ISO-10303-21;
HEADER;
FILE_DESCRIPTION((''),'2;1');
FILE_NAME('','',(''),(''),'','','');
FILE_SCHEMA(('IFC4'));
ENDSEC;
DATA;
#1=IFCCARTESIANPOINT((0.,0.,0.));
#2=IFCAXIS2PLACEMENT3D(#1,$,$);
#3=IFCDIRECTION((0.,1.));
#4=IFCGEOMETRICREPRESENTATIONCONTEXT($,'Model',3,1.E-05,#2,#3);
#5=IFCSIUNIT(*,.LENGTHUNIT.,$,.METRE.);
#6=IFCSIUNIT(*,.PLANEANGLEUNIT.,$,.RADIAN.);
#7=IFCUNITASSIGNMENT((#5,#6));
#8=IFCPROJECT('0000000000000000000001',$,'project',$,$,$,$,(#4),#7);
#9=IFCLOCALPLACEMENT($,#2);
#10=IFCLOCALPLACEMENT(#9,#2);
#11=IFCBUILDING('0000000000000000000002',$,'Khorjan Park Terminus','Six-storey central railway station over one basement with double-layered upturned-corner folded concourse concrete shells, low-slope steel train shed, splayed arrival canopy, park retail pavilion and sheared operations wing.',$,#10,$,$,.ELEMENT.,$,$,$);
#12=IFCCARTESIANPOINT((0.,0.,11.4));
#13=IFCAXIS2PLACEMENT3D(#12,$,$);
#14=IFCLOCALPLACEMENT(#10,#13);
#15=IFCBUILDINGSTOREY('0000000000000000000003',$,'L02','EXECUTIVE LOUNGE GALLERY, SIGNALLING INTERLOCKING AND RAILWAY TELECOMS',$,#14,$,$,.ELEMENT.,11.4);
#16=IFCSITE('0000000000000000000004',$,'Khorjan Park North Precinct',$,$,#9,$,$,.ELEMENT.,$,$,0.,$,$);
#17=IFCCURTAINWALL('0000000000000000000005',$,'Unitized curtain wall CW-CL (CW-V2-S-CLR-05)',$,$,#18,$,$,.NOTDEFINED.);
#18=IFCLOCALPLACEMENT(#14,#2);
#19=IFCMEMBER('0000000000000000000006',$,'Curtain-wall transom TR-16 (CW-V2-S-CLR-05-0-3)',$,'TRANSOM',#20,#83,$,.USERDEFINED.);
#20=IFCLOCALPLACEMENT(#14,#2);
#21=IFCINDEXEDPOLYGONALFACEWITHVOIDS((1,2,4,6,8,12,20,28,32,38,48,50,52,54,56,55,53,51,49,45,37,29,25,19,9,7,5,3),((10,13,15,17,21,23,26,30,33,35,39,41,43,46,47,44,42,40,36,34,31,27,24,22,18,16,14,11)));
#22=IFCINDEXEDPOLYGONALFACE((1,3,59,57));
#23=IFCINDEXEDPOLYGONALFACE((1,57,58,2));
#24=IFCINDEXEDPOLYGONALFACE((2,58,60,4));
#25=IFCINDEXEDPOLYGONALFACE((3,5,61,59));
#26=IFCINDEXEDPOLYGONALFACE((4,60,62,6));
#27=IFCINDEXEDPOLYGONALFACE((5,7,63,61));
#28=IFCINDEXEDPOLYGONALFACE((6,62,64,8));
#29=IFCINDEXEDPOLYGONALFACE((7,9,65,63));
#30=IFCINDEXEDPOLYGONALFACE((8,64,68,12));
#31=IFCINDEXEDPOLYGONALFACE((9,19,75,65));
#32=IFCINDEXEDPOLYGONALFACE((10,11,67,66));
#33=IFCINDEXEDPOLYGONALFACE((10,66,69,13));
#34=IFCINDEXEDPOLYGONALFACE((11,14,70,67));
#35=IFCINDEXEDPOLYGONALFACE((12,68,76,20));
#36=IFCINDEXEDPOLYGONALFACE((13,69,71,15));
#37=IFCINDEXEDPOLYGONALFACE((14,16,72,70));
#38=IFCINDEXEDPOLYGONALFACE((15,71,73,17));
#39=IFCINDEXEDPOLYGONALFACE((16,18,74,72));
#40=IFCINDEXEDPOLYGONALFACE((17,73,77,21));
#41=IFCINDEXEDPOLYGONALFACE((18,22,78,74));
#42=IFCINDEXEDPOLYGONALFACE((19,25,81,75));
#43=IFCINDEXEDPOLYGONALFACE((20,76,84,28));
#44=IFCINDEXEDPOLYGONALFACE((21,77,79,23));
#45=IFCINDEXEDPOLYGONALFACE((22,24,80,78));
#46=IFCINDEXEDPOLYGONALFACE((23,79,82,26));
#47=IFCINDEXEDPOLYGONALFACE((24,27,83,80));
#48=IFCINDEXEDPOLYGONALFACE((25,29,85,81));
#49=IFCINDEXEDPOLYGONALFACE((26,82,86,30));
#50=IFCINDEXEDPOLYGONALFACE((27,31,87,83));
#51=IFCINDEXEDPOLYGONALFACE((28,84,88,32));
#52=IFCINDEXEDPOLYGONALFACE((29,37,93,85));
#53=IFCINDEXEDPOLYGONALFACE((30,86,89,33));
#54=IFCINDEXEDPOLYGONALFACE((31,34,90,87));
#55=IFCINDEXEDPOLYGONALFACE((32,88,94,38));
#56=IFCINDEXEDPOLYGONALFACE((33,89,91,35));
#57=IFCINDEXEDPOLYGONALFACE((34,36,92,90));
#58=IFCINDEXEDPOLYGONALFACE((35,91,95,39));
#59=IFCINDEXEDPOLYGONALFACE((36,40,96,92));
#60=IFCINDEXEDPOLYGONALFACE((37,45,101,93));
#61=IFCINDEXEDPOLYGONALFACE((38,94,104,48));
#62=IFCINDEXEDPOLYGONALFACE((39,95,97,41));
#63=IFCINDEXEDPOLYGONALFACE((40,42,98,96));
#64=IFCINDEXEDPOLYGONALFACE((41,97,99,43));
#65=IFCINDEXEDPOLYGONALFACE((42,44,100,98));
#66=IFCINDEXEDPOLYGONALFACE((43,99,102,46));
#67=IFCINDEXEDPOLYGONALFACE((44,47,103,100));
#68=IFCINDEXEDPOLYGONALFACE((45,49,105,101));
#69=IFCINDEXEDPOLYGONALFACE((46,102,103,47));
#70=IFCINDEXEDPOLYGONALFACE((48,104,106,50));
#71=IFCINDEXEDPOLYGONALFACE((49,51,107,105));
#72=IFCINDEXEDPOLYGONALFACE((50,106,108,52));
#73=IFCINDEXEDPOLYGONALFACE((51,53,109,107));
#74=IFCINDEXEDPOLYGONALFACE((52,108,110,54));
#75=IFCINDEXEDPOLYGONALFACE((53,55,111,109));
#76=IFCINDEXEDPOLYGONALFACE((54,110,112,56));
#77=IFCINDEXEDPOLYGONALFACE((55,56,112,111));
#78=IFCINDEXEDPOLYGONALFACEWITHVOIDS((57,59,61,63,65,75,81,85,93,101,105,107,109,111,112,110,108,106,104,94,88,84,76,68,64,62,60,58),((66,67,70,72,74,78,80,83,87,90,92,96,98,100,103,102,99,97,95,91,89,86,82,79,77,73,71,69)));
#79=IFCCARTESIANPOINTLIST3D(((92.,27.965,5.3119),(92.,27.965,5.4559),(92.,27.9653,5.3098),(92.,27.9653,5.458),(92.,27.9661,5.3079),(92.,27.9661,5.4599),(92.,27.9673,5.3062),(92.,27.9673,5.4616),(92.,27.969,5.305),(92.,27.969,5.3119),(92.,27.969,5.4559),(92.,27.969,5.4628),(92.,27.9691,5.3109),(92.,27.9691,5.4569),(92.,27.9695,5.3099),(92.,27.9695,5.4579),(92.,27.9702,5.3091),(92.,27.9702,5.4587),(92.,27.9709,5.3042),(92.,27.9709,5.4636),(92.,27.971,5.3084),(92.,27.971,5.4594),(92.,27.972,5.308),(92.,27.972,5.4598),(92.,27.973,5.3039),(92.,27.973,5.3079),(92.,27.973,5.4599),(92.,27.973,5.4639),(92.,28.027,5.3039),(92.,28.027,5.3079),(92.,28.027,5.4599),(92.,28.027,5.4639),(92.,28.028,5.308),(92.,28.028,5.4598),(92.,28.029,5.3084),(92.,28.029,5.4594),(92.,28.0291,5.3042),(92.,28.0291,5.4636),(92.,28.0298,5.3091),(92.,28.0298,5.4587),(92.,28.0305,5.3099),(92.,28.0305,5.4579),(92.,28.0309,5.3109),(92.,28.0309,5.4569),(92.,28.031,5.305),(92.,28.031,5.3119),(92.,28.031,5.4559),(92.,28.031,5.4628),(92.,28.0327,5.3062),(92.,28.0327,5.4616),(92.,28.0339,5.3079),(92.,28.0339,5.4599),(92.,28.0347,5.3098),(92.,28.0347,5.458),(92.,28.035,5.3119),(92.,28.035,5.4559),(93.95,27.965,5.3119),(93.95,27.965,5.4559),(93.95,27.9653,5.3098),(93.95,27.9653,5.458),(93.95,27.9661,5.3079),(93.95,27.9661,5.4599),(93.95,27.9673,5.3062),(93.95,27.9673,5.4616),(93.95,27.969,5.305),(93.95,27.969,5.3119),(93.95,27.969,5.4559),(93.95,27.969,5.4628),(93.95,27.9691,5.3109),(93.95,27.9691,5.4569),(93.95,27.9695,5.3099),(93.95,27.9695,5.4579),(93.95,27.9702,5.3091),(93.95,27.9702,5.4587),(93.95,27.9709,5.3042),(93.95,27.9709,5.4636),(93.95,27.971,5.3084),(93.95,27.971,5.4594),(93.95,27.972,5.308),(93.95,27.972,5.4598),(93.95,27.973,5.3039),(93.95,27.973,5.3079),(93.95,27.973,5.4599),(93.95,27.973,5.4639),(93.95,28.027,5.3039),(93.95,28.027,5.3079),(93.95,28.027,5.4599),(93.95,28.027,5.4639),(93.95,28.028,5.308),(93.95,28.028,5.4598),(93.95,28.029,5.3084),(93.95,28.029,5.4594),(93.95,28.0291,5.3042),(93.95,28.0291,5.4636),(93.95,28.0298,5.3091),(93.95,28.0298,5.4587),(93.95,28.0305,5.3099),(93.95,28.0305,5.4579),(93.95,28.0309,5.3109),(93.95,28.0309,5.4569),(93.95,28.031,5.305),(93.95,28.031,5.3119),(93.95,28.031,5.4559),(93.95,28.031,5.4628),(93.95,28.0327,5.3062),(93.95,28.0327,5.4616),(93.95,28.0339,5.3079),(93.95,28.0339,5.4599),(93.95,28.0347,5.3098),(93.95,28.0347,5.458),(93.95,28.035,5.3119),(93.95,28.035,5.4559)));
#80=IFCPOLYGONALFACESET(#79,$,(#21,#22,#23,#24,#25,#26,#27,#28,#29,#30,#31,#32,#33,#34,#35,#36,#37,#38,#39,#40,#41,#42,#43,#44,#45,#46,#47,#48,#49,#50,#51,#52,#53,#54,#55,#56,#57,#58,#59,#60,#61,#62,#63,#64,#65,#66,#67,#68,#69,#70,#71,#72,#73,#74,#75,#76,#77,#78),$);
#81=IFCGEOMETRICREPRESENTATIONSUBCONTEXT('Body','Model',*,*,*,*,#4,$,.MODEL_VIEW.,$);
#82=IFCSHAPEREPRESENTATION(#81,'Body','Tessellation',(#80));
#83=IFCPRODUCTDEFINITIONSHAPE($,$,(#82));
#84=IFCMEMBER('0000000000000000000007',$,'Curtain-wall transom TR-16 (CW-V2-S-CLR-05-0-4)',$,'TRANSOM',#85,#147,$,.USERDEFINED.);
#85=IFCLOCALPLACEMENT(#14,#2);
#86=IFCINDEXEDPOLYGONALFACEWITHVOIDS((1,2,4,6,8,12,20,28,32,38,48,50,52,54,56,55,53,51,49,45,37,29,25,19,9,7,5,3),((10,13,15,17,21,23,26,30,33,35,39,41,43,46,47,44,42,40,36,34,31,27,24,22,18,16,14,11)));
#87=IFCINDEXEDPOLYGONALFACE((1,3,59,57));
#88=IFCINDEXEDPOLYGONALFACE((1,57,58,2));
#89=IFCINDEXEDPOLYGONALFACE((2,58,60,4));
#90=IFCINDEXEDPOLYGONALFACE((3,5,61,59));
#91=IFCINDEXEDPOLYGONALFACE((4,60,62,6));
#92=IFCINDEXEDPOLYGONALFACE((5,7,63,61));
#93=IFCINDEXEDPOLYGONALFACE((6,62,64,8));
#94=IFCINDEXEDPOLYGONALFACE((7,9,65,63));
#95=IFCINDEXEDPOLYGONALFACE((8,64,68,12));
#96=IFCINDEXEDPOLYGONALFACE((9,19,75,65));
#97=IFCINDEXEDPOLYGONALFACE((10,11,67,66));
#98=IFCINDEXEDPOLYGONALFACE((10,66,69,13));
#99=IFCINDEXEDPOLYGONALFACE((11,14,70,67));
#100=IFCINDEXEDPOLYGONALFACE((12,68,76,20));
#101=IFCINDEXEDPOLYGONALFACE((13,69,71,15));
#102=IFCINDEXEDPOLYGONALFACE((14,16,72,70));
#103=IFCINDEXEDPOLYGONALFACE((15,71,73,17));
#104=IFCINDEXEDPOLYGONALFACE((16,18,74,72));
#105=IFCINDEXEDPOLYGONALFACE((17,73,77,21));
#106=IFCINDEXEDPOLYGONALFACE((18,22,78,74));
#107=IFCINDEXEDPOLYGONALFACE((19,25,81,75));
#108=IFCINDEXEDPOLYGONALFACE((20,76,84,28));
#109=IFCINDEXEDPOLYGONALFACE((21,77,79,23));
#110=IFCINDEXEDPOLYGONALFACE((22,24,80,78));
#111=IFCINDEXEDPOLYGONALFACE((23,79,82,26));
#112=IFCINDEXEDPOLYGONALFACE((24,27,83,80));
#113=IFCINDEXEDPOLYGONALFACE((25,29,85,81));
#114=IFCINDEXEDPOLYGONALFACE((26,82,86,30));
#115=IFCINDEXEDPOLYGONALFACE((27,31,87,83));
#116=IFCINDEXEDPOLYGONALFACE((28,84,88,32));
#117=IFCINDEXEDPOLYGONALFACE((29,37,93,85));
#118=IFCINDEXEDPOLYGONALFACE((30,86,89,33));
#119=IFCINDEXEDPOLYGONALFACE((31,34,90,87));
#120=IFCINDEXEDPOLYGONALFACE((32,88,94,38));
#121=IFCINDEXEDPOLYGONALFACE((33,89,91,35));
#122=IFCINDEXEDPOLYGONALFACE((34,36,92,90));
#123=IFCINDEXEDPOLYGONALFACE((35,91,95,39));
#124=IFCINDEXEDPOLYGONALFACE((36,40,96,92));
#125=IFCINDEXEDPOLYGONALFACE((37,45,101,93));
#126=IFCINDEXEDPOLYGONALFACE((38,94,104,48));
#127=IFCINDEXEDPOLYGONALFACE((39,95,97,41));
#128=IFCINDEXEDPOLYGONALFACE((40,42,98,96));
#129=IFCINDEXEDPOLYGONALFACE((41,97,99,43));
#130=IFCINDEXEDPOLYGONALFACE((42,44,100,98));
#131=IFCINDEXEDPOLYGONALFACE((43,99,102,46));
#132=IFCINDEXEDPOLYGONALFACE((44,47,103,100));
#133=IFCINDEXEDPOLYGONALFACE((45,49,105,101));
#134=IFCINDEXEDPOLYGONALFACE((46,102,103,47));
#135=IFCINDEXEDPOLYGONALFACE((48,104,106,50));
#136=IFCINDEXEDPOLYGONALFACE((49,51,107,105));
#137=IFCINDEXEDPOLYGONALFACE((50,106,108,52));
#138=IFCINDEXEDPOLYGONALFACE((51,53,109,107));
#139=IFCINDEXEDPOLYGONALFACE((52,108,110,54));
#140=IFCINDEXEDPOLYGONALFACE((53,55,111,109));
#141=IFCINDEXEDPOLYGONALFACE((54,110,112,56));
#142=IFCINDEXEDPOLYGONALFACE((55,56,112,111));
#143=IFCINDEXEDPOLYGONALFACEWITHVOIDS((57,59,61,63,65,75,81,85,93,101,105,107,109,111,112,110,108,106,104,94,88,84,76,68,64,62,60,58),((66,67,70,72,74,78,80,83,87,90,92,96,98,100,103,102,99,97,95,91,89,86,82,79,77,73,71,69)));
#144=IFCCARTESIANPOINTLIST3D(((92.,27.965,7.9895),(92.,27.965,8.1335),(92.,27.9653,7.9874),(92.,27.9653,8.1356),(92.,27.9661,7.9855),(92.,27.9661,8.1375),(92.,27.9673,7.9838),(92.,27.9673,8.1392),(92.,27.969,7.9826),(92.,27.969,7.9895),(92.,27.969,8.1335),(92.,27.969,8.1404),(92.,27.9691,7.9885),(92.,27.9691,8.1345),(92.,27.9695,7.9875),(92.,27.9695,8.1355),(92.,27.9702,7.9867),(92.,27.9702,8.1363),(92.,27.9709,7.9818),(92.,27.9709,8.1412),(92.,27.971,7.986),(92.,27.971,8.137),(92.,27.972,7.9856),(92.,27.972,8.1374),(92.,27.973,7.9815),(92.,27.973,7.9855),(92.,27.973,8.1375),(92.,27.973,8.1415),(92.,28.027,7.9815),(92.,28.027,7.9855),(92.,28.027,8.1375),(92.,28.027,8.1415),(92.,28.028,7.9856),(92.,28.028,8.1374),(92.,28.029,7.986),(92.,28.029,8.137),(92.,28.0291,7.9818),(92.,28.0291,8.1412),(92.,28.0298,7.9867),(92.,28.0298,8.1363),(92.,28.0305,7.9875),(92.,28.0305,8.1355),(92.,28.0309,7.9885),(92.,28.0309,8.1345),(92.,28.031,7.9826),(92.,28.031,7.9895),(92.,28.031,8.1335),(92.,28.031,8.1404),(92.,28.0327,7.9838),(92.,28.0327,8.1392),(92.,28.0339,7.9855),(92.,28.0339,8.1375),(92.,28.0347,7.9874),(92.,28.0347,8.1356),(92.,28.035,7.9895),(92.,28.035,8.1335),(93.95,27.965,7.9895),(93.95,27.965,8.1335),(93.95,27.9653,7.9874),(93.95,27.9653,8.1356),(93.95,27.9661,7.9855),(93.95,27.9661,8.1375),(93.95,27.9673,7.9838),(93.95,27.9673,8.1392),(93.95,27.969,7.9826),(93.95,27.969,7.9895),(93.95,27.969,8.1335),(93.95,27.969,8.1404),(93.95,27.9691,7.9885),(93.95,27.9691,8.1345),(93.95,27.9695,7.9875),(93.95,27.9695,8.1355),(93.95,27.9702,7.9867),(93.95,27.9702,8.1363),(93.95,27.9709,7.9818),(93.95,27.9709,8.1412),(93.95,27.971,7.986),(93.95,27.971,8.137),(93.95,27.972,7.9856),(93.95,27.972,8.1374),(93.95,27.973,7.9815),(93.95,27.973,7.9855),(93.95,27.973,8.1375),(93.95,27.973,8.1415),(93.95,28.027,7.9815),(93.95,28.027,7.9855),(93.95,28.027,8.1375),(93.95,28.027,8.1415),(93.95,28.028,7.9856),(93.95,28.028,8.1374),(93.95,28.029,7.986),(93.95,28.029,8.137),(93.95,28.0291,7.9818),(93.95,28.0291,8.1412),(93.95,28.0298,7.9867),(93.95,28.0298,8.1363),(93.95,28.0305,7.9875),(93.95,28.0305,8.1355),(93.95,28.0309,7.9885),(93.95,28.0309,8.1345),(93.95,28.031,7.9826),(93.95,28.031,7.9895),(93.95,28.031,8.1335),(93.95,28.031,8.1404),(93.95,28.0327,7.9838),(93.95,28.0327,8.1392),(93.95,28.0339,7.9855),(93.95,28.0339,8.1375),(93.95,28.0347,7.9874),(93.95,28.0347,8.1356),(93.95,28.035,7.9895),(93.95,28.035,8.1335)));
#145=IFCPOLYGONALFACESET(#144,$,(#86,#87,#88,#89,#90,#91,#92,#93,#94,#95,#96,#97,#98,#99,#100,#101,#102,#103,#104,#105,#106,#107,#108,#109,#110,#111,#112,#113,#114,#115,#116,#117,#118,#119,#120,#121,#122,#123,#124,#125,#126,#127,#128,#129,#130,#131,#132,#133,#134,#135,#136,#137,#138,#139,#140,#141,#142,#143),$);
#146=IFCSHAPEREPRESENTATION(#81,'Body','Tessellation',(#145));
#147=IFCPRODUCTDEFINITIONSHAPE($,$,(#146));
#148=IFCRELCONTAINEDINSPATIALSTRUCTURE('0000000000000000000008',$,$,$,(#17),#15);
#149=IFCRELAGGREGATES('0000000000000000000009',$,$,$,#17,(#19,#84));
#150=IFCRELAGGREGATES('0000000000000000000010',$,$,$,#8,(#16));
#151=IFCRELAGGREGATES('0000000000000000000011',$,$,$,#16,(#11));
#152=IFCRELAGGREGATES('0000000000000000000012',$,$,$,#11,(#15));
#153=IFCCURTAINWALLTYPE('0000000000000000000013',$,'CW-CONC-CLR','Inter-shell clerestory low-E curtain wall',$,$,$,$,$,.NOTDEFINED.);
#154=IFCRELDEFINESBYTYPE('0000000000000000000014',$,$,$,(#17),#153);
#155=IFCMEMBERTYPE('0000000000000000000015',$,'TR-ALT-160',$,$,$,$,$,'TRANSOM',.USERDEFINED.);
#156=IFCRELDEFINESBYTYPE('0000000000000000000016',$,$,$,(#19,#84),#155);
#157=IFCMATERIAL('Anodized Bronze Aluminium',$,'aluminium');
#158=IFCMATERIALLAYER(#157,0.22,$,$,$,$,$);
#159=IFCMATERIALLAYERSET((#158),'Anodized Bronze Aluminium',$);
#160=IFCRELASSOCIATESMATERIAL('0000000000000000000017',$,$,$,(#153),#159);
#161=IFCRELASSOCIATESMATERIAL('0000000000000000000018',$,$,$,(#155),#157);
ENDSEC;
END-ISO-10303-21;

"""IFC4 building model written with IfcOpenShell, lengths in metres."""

from ifc_helpers import new_model, si_unit, direction, frame, origin, origin_2d, place, context, subcontext, project, spatial, hollow_rectangle, extrude, material, layer, layer_set, material_profile, profile_set, type_object, element, aggregate, save


model = new_model("IFC4")

# Units and contexts
model_context = context("Model", 3, precision=1e-05, world=origin(), true_north=direction((0.0, 1.0)))
body_context = subcontext(model_context, "Body", "Model", "MODEL_VIEW")
ifc_project = project(units=[si_unit("LENGTHUNIT", "METRE"), si_unit("PLANEANGLEUNIT", "RADIAN")], contexts=[model_context])

# Site, building, storey
site_placement = place(None, origin())
site = spatial("IfcSite", under=ifc_project, at=site_placement, Name="Khorjan Park North Precinct", CompositionType="ELEMENT", RefElevation=0.0)
building_placement = place(site_placement, origin())
building = spatial("IfcBuilding", under=site, at=building_placement, Name="Khorjan Park Terminus", Description="Six-storey central railway station over one basement with double-layered upturned-corner folded concourse concrete shells, low-slope steel train shed, splayed arrival canopy, park retail pavilion and sheared operations wing.", CompositionType="ELEMENT")
storey_placement = place(building_placement, frame((0.0, 0.0, 11.4)))
storey = spatial("IfcBuildingStorey", under=building, at=storey_placement, Name="L02", Description="EXECUTIVE LOUNGE GALLERY, SIGNALLING INTERLOCKING AND RAILWAY TELECOMS", CompositionType="ELEMENT", Elevation=11.4)

# Curtain wall
ifc_material_1 = material(Name="Anodized Bronze Aluminium", Category="aluminium")
ifc_layer_1 = layer(ifc_material_1, 0.22)
ifc_layer_set_1 = layer_set([ifc_layer_1], Name="Anodized Bronze Aluminium")
curtain_wall_type = type_object("IfcCurtainWallType", Name="CW-CONC-CLR", Description="Inter-shell clerestory low-E curtain wall", PredefinedType="NOTDEFINED", material=ifc_layer_set_1)
curtain_wall_1_placement = place(storey_placement, origin())
curtain_wall_1 = element("IfcCurtainWall", 1, at=curtain_wall_1_placement, inside=storey, type_object=curtain_wall_type, Name="Unitized curtain wall CW-CL (CW-V2-S-CLR-05)", PredefinedType="NOTDEFINED")

# Members
ifc_material_profile_1 = material_profile(ifc_material_1, hollow_rectangle(XDim=0.07, YDim=0.16, WallThickness=0.004, InnerFilletRadius=0.004, OuterFilletRadius=0.008, at=origin_2d()), Name="ALT 70x160x4")
ifc_profile_set_1 = profile_set([ifc_material_profile_1], Name="Anodized Bronze Aluminium")
member_type_1 = type_object("IfcMemberType", Name="TR-ALT-160", ElementType="TRANSOM", PredefinedType="USERDEFINED", material=ifc_profile_set_1)
member_1_placement = place(storey_placement, frame((92.0, 28.0, 5.3839), z_axis=(1.0, 0.0, 0.0), x_axis=(0.0, 1.0, 0.0)))
member_1 = element("IfcMember", 2, at=member_1_placement, type_object=member_type_1, Name="Curtain-wall transom TR-16 (CW-V2-S-CLR-05-0-3)", ObjectType="TRANSOM", PredefinedType="USERDEFINED", context=body_context, shape_type="SweptSolid", body=[
    extrude(hollow_rectangle(XDim=0.07, YDim=0.16, WallThickness=0.004, InnerFilletRadius=0.004, OuterFilletRadius=0.008, at=origin_2d()), origin(), (0.0, 0.0, 1.0), 1.95),
])
member_2_placement = place(storey_placement, frame((92.0, 28.0, 8.0615), z_axis=(1.0, 0.0, 0.0), x_axis=(0.0, 1.0, 0.0)))
member_2 = element("IfcMember", 3, at=member_2_placement, type_object=member_type_1, Name="Curtain-wall transom TR-16 (CW-V2-S-CLR-05-0-4)", ObjectType="TRANSOM", PredefinedType="USERDEFINED", context=body_context, shape_type="SweptSolid", body=[
    extrude(hollow_rectangle(XDim=0.07, YDim=0.16, WallThickness=0.004, InnerFilletRadius=0.004, OuterFilletRadius=0.008, at=origin_2d()), origin(), (0.0, 0.0, 1.0), 1.95),
])

aggregate(curtain_wall_1, [member_1, member_2])

save(model, "model.ifc")
